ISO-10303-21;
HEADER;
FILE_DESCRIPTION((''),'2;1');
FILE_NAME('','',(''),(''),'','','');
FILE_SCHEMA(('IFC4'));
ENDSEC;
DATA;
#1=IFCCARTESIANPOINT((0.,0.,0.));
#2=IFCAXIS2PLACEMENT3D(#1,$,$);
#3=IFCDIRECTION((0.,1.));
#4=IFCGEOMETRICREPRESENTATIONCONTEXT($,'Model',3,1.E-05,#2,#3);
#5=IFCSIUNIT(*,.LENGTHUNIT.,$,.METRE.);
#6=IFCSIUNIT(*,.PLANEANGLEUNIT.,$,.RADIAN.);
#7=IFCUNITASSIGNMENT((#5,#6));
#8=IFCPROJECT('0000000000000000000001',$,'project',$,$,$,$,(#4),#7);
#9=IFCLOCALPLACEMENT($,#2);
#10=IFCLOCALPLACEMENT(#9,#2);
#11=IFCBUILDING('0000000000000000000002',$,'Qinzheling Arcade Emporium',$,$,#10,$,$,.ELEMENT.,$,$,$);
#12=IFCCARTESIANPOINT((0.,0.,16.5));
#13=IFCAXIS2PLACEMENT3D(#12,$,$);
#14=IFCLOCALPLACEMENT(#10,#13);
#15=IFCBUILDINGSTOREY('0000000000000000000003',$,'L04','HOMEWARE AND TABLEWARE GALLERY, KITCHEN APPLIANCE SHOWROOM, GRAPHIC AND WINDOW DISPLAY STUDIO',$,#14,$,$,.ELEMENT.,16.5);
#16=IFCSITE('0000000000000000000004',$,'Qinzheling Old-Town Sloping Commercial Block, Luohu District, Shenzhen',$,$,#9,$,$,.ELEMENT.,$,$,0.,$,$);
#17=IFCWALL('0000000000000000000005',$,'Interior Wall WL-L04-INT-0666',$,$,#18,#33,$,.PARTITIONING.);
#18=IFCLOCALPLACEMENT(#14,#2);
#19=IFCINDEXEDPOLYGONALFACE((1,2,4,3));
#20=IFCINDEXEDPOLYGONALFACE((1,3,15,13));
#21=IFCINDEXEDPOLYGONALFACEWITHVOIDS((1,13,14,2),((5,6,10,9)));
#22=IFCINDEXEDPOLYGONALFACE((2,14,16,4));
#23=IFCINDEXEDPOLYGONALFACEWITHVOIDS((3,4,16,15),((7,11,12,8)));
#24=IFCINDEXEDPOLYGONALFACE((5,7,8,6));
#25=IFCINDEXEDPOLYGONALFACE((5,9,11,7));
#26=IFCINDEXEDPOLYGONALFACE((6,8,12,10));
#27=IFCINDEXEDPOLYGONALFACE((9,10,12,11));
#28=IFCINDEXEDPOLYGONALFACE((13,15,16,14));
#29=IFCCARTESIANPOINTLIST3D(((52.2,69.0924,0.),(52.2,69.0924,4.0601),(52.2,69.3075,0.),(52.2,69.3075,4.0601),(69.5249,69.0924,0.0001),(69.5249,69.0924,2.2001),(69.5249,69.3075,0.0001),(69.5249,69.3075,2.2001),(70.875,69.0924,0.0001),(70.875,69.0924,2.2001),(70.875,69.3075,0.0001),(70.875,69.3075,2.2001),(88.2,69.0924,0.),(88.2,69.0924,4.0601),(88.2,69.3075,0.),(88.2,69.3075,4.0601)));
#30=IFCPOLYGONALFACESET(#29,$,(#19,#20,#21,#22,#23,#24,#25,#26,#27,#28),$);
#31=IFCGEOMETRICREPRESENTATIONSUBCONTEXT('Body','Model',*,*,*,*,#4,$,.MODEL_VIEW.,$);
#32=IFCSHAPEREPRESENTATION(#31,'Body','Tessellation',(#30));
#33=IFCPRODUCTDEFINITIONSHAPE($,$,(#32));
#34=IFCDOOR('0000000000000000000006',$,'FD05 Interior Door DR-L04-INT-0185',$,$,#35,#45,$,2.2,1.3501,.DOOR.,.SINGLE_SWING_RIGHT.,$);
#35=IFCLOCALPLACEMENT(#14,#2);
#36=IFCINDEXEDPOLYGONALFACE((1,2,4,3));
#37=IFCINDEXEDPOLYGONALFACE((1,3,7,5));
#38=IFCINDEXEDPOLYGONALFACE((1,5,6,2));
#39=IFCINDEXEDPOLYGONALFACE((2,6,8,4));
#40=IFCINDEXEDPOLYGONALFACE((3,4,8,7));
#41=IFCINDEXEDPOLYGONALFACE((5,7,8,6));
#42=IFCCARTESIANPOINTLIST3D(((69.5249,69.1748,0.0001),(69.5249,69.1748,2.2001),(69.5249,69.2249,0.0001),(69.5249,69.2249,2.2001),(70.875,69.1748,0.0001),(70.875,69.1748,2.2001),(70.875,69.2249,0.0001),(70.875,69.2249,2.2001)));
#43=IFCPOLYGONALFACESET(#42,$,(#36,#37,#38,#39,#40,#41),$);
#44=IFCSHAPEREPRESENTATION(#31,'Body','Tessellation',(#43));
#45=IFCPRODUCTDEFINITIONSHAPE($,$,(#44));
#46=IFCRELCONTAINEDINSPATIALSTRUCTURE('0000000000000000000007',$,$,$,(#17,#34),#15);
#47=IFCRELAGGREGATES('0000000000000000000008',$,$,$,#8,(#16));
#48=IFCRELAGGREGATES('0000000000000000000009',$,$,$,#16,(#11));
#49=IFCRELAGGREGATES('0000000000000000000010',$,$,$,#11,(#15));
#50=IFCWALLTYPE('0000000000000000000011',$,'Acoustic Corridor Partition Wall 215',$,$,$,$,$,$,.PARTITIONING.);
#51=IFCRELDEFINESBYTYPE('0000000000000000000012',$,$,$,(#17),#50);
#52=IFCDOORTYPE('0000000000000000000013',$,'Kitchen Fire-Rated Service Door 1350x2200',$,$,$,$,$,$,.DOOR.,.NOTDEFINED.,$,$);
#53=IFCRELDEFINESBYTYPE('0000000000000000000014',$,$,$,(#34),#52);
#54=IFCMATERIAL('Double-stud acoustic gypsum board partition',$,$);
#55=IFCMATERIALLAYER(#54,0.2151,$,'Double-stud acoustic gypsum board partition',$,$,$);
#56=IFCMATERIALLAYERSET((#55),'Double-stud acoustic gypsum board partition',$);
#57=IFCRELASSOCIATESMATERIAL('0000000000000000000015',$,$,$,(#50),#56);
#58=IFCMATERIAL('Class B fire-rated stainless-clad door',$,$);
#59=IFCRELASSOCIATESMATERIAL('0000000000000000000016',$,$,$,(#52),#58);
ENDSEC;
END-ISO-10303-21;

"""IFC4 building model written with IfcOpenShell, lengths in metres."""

from ifc_helpers import new_model, si_unit, direction, frame, frame_2d, origin, place, context, subcontext, project, spatial, rectangle, extrude, material, layer, layer_set, type_object, element, fill, save


model = new_model("IFC4")

# Units and contexts
model_context = context("Model", 3, precision=1e-05, world=origin(), true_north=direction((0.0, 1.0)))
body_context = subcontext(model_context, "Body", "Model", "MODEL_VIEW")
ifc_project = project(units=[si_unit("LENGTHUNIT", "METRE"), si_unit("PLANEANGLEUNIT", "RADIAN")], contexts=[model_context])

# Site, building, storey
site_placement = place(None, origin())
site = spatial("IfcSite", under=ifc_project, at=site_placement, Name="Qinzheling Old-Town Sloping Commercial Block, Luohu District, Shenzhen", CompositionType="ELEMENT", RefElevation=0.0)
building_placement = place(site_placement, origin())
building = spatial("IfcBuilding", under=site, at=building_placement, Name="Qinzheling Arcade Emporium", CompositionType="ELEMENT")
storey_placement = place(building_placement, frame((0.0, 0.0, 16.5)))
storey = spatial("IfcBuildingStorey", under=building, at=storey_placement, Name="L04", Description="HOMEWARE AND TABLEWARE GALLERY, KITCHEN APPLIANCE SHOWROOM, GRAPHIC AND WINDOW DISPLAY STUDIO", CompositionType="ELEMENT", Elevation=16.5)

# Shared definitions
ifc_material_1 = material(Name="Double-stud acoustic gypsum board partition")
ifc_layer_1 = layer(ifc_material_1, 0.2151, Name="Double-stud acoustic gypsum board partition")
ifc_layer_set_1 = layer_set([ifc_layer_1], Name="Double-stud acoustic gypsum board partition")
wall_type = type_object("IfcWallType", Name="Acoustic Corridor Partition Wall 215", PredefinedType="PARTITIONING", material=ifc_layer_set_1)

# Wall, opening, door
ifc_material_2 = material(Name="Class B fire-rated stainless-clad door")
door_type = type_object("IfcDoorType", Name="Kitchen Fire-Rated Service Door 1350x2200", OperationType="NOTDEFINED", PredefinedType="DOOR", material=ifc_material_2)
wall_1_placement = place(storey_placement, frame((52.2, 69.2, 0.0), z_axis=(0.0, 0.0, 1.0), x_axis=(1.0, 0.0, 0.0)))
wall_1 = element("IfcWall", 1, at=wall_1_placement, inside=storey, type_object=wall_type, Name="Interior Wall WL-L04-INT-0666", PredefinedType="PARTITIONING", context=body_context, shape_type="SweptSolid", body=[
    extrude(rectangle(XDim=36.0, YDim=0.2151, at=frame_2d((18.0, 0.0))), origin(), (0.0, 0.0, 1.0), 4.0601),
])
opening_1_placement = place(wall_1_placement, frame((17.325, 0.0, 0.0)))
opening_1 = element("IfcOpeningElement", 2, at=opening_1_placement, cuts=wall_1, PredefinedType="OPENING", context=body_context, shape_type="SweptSolid", body=[
    extrude(rectangle(XDim=1.3501, YDim=2.2, at=frame_2d((0.675, 1.1001))), frame((0.0, 0.1177, 0.0), z_axis=(0.0, -1.0, 0.0), x_axis=(1.0, 0.0, 0.0)), (0.0, 0.0, 1.0), 0.2351),
])
door_1_placement = place(opening_1_placement, origin())
door_1 = element("IfcDoor", 3, at=door_1_placement, inside=storey, type_object=door_type, Name="FD05 Interior Door DR-L04-INT-0185", OperationType="SINGLE_SWING_RIGHT", OverallHeight=2.2, OverallWidth=1.3501, PredefinedType="DOOR", context=body_context, shape_type="SweptSolid", body=[
    extrude(rectangle(XDim=1.3501, YDim=2.2, at=frame_2d((0.675, 1.1001))), frame((0.0, 0.0249, 0.0), z_axis=(0.0, -1.0, 0.0), x_axis=(1.0, 0.0, 0.0)), (0.0, 0.0, 1.0), 0.05),
])
fill(opening_1, door_1)

save(model, "model.ifc")
